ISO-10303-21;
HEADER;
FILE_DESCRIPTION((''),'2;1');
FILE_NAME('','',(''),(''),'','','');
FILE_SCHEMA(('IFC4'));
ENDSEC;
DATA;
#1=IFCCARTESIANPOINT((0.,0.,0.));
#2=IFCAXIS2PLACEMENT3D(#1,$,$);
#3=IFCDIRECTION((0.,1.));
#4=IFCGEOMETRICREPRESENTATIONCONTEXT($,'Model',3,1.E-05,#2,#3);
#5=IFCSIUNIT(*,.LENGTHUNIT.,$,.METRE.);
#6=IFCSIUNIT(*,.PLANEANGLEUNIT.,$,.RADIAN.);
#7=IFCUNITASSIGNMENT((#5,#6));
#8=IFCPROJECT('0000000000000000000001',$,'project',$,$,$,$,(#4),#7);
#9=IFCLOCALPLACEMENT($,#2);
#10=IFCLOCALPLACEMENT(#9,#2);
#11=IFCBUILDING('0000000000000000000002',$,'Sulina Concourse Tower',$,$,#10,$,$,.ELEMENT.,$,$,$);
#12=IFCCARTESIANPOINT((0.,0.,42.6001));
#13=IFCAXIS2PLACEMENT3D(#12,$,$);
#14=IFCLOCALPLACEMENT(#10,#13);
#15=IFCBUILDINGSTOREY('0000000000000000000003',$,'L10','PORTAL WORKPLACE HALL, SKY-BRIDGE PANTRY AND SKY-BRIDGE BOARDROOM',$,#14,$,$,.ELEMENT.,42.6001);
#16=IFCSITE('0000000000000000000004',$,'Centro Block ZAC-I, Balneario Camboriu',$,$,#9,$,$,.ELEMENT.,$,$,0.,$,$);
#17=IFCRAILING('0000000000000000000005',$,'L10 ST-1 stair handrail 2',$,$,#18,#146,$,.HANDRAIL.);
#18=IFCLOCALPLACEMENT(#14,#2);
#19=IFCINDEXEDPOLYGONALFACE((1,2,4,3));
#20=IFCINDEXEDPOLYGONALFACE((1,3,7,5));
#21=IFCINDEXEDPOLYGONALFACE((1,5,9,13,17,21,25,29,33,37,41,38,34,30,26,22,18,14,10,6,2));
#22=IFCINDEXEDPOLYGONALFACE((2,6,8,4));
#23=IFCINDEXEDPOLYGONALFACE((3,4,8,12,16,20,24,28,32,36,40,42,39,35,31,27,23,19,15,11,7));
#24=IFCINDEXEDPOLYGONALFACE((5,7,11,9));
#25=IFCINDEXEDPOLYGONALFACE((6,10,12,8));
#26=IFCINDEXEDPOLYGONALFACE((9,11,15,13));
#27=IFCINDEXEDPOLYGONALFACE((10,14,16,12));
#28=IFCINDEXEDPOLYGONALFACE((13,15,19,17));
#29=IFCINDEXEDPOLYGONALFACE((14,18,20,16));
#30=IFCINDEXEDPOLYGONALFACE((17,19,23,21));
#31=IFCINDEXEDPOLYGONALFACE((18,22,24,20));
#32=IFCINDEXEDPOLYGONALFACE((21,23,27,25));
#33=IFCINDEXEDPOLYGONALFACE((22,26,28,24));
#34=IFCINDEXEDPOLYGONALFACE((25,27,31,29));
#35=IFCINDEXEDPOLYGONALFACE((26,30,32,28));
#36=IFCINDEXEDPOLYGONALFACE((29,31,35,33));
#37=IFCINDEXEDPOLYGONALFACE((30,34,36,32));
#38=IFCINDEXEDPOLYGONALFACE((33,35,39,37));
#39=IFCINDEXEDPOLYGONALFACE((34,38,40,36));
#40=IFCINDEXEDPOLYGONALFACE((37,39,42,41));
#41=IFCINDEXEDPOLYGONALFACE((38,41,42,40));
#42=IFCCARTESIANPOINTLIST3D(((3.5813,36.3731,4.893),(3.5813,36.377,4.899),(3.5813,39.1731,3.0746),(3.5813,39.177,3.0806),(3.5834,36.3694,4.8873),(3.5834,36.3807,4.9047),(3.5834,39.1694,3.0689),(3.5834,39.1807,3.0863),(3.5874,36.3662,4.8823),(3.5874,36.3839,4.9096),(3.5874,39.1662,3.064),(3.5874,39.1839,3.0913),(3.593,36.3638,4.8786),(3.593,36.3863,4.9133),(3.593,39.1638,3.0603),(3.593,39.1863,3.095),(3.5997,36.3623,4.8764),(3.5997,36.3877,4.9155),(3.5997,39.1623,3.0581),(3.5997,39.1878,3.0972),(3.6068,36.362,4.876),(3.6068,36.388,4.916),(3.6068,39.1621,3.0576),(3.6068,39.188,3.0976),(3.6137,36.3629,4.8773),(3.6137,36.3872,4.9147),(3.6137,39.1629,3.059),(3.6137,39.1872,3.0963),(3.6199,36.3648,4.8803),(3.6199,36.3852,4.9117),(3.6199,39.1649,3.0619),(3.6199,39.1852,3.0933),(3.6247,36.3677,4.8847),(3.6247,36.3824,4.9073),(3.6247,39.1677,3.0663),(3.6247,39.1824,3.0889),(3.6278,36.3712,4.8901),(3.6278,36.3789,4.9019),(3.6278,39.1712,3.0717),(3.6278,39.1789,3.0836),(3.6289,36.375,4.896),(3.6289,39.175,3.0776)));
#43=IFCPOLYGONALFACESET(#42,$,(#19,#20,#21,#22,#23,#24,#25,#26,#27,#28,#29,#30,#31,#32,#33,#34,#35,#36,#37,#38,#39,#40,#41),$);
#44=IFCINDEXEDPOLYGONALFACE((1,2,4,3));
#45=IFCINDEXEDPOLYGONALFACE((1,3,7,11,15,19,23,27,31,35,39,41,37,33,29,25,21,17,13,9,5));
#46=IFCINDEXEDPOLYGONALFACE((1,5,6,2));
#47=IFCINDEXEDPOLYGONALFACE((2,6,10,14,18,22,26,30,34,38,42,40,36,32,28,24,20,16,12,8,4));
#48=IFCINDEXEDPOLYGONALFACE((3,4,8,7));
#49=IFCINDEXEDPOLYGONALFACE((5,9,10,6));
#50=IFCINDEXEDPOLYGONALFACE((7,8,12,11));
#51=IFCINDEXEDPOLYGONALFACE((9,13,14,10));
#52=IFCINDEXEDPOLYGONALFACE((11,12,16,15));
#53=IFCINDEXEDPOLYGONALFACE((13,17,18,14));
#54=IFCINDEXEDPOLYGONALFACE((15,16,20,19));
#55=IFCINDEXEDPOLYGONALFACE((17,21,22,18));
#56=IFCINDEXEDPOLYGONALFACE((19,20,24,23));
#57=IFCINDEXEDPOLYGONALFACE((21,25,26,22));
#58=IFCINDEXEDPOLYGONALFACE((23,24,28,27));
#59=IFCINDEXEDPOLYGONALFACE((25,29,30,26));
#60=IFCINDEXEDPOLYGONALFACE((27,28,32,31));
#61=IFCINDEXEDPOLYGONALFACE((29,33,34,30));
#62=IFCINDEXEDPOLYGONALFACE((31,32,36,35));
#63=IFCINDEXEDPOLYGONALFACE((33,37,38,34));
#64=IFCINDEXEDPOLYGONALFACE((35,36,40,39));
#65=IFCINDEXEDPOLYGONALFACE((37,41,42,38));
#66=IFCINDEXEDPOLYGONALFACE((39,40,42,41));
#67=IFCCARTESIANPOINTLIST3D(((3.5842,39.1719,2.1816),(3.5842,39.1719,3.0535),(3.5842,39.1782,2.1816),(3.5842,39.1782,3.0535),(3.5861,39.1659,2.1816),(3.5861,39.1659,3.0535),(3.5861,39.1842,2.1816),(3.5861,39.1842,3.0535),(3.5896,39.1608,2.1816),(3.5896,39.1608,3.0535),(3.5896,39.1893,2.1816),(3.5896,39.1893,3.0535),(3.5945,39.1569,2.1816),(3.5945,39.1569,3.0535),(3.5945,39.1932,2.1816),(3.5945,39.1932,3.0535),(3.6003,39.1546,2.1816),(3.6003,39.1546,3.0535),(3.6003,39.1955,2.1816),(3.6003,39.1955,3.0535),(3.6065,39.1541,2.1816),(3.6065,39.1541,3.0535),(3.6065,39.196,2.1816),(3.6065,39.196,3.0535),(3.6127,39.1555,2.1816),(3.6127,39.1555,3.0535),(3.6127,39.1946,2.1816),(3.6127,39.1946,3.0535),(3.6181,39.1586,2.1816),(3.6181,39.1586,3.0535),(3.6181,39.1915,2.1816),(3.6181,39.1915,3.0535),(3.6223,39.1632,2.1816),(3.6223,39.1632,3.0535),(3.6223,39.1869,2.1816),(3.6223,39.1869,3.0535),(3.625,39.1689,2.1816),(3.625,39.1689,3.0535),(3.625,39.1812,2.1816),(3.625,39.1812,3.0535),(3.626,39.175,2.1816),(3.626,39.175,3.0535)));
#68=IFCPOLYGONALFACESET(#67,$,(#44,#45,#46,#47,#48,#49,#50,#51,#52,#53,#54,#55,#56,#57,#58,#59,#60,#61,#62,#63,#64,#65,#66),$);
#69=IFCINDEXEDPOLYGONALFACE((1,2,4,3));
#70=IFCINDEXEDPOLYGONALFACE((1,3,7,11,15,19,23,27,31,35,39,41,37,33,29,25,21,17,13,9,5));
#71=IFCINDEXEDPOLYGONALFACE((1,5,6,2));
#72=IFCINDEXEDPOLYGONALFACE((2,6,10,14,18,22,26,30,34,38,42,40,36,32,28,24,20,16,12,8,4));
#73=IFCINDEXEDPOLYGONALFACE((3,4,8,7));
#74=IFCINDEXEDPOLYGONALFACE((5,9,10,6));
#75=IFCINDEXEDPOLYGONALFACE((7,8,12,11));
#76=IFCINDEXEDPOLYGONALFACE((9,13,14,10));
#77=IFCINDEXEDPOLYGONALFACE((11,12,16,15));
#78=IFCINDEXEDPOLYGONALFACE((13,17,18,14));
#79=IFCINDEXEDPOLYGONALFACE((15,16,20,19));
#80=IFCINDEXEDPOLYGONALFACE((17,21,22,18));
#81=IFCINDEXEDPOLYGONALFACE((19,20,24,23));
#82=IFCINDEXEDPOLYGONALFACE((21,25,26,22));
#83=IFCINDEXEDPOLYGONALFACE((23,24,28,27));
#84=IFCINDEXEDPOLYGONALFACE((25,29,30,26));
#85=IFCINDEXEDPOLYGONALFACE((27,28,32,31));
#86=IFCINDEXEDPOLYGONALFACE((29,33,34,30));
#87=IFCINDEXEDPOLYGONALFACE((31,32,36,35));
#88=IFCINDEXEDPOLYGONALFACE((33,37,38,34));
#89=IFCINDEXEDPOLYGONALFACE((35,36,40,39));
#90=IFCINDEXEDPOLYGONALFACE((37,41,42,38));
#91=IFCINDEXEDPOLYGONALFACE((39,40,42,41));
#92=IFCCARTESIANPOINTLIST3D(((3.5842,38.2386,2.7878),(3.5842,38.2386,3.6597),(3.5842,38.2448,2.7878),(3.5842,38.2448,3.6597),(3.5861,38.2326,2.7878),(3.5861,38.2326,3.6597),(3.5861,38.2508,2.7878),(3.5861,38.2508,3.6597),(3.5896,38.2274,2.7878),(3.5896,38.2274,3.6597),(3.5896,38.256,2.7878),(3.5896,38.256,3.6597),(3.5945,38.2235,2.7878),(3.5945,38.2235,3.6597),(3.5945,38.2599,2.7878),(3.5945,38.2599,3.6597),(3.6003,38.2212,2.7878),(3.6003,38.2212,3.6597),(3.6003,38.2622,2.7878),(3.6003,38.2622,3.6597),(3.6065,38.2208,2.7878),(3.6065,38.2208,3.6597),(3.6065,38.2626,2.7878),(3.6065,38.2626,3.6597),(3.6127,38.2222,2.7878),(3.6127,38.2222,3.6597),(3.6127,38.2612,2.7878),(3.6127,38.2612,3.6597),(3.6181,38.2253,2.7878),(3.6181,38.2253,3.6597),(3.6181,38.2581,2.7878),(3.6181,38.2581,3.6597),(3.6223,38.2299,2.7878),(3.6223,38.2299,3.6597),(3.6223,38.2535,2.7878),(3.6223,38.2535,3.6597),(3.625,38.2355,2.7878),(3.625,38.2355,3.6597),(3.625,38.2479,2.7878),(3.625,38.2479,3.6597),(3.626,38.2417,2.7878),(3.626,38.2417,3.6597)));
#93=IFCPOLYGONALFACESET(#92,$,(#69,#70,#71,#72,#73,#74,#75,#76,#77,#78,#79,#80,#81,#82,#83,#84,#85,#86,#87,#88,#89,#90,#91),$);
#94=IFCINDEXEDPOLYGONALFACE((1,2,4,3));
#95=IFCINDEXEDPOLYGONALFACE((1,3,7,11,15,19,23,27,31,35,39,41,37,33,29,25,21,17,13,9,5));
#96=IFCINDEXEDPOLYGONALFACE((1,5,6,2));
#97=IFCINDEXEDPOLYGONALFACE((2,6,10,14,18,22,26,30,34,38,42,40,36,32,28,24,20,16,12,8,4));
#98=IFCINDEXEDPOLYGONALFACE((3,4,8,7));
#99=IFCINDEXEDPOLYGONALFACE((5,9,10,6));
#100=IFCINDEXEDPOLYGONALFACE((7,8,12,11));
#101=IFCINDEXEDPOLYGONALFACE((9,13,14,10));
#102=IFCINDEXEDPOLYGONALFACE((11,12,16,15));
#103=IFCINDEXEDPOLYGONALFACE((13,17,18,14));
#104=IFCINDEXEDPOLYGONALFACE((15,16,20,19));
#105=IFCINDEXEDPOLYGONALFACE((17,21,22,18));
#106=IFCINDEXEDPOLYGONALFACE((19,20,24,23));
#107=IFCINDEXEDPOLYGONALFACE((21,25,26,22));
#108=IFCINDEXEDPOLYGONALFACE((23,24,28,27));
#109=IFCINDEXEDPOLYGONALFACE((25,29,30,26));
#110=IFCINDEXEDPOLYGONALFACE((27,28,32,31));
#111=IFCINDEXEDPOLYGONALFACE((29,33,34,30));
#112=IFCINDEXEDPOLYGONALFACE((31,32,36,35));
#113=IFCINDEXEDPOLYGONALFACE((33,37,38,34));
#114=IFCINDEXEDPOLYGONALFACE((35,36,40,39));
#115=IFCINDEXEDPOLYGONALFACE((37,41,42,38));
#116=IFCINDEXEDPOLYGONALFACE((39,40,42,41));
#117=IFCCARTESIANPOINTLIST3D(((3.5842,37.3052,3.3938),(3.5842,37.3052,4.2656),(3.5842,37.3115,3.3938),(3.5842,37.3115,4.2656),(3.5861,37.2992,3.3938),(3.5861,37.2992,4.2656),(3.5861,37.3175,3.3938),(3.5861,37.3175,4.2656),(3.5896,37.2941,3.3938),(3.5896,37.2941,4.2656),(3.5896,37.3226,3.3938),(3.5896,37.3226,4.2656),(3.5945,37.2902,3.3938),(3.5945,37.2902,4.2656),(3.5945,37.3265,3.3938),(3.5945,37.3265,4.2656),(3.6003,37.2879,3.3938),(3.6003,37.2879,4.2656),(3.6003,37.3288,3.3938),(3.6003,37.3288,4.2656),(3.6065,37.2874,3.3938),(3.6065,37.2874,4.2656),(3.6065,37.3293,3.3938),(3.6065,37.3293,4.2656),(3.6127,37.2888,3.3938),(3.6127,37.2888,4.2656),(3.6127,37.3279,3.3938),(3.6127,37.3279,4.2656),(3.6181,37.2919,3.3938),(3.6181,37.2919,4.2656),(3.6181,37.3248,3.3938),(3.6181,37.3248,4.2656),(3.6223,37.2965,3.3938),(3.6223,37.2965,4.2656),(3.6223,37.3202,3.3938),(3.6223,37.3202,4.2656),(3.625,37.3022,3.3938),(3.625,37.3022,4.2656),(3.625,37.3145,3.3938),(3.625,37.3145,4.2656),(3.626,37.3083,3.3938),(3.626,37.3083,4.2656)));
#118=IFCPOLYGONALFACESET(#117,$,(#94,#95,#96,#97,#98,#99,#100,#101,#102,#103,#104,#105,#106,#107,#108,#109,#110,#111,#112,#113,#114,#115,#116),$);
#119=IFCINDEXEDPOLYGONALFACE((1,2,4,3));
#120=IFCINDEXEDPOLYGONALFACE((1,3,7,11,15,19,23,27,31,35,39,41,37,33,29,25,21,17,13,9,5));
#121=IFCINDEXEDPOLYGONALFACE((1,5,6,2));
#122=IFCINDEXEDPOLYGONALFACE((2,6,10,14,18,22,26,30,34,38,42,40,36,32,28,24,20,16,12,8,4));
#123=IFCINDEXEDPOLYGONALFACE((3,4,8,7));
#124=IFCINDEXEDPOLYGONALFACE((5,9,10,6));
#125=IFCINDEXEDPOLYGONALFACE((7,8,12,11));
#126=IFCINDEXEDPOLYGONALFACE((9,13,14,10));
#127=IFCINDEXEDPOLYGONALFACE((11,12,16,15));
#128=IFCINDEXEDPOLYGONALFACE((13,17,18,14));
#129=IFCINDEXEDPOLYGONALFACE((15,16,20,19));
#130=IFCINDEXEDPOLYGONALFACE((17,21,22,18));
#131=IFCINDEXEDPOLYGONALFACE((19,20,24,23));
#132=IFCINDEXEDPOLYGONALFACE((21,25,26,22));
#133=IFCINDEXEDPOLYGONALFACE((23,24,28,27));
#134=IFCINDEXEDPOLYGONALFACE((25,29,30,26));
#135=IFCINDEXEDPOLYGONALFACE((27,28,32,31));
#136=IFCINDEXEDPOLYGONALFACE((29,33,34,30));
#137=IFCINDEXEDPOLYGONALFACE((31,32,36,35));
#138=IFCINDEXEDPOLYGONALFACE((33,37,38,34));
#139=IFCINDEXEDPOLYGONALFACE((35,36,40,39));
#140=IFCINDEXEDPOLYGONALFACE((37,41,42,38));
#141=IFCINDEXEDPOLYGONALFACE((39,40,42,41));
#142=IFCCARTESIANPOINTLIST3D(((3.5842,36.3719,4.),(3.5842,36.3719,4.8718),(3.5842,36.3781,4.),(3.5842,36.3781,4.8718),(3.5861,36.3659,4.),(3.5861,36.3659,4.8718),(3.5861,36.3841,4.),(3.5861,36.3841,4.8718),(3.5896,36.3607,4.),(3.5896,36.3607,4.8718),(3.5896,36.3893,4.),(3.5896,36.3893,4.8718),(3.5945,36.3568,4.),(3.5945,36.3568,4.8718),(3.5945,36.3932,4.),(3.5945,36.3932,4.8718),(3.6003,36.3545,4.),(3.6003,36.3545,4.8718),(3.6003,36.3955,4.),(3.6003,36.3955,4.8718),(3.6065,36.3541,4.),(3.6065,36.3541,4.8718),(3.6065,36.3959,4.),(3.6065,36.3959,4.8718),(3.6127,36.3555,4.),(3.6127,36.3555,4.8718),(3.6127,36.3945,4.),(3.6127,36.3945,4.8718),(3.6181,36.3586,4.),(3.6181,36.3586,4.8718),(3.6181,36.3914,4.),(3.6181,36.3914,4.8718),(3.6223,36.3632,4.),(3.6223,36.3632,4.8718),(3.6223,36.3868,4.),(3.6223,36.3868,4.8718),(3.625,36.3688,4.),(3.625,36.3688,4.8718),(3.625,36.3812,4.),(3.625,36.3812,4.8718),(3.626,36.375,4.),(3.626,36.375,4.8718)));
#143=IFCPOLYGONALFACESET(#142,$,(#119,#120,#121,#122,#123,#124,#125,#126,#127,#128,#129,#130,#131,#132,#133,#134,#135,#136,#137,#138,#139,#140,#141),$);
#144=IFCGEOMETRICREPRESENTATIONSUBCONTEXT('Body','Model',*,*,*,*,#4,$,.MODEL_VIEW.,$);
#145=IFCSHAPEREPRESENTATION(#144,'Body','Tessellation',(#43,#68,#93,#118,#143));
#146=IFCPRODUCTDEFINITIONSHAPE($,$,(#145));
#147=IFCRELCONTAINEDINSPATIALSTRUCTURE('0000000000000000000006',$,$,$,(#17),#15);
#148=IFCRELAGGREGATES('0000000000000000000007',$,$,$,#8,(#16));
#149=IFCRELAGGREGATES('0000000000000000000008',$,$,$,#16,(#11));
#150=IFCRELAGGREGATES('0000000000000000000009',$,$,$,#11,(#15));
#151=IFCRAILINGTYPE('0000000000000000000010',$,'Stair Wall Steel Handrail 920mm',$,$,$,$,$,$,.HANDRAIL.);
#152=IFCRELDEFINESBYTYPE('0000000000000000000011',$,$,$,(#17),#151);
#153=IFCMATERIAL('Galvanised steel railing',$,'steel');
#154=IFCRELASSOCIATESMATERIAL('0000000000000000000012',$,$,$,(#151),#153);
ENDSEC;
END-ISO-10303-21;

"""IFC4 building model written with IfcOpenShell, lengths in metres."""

from ifc_helpers import new_model, si_unit, direction, frame, origin, origin_2d, place, context, subcontext, project, spatial, circle, extrude, material, type_object, element, save


model = new_model("IFC4")

# Units and contexts
model_context = context("Model", 3, precision=1e-05, world=origin(), true_north=direction((0.0, 1.0)))
body_context = subcontext(model_context, "Body", "Model", "MODEL_VIEW")
ifc_project = project(units=[si_unit("LENGTHUNIT", "METRE"), si_unit("PLANEANGLEUNIT", "RADIAN")], contexts=[model_context])

# Site, building, storey
site_placement = place(None, origin())
site = spatial("IfcSite", under=ifc_project, at=site_placement, Name="Centro Block ZAC-I, Balneario Camboriu", CompositionType="ELEMENT", RefElevation=0.0)
building_placement = place(site_placement, origin())
building = spatial("IfcBuilding", under=site, at=building_placement, Name="Sulina Concourse Tower", CompositionType="ELEMENT")
storey_placement = place(building_placement, frame((0.0, 0.0, 42.6001)))
storey = spatial("IfcBuildingStorey", under=building, at=storey_placement, Name="L10", Description="PORTAL WORKPLACE HALL, SKY-BRIDGE PANTRY AND SKY-BRIDGE BOARDROOM", CompositionType="ELEMENT", Elevation=42.6001)

# Railing
ifc_material_1 = material(Name="Galvanised steel railing", Category="steel")
railing_type_1 = type_object("IfcRailingType", Name="Stair Wall Steel Handrail 920mm", PredefinedType="HANDRAIL", material=ifc_material_1)
railing_1_placement = place(storey_placement, frame((3.605, 39.175, 2.1816)))
element("IfcRailing", 1, at=railing_1_placement, inside=storey, type_object=railing_type_1, Name="L10 ST-1 stair handrail 2", PredefinedType="HANDRAIL", context=body_context, shape_type="SweptSolid", body=[
    extrude(circle(Radius=0.0239, at=origin_2d()), frame((0.0, 0.0, 0.896), z_axis=(0.0, -0.838672, 0.544636), x_axis=(1.0, 0.0, 0.0)), (0.0, 0.0, 1.0), 3.3386),
    extrude(circle(Radius=0.021, at=origin_2d()), origin(), (0.0, 0.0, 1.0), 0.8718),
    extrude(circle(Radius=0.021, at=origin_2d()), frame((0.0, -0.9333, 0.6062)), (0.0, 0.0, 1.0), 0.8718),
    extrude(circle(Radius=0.021, at=origin_2d()), frame((0.0, -1.8667, 1.2122)), (0.0, 0.0, 1.0), 0.8718),
    extrude(circle(Radius=0.021, at=origin_2d()), frame((0.0, -2.8, 1.8184)), (0.0, 0.0, 1.0), 0.8718),
])

save(model, "model.ifc")
